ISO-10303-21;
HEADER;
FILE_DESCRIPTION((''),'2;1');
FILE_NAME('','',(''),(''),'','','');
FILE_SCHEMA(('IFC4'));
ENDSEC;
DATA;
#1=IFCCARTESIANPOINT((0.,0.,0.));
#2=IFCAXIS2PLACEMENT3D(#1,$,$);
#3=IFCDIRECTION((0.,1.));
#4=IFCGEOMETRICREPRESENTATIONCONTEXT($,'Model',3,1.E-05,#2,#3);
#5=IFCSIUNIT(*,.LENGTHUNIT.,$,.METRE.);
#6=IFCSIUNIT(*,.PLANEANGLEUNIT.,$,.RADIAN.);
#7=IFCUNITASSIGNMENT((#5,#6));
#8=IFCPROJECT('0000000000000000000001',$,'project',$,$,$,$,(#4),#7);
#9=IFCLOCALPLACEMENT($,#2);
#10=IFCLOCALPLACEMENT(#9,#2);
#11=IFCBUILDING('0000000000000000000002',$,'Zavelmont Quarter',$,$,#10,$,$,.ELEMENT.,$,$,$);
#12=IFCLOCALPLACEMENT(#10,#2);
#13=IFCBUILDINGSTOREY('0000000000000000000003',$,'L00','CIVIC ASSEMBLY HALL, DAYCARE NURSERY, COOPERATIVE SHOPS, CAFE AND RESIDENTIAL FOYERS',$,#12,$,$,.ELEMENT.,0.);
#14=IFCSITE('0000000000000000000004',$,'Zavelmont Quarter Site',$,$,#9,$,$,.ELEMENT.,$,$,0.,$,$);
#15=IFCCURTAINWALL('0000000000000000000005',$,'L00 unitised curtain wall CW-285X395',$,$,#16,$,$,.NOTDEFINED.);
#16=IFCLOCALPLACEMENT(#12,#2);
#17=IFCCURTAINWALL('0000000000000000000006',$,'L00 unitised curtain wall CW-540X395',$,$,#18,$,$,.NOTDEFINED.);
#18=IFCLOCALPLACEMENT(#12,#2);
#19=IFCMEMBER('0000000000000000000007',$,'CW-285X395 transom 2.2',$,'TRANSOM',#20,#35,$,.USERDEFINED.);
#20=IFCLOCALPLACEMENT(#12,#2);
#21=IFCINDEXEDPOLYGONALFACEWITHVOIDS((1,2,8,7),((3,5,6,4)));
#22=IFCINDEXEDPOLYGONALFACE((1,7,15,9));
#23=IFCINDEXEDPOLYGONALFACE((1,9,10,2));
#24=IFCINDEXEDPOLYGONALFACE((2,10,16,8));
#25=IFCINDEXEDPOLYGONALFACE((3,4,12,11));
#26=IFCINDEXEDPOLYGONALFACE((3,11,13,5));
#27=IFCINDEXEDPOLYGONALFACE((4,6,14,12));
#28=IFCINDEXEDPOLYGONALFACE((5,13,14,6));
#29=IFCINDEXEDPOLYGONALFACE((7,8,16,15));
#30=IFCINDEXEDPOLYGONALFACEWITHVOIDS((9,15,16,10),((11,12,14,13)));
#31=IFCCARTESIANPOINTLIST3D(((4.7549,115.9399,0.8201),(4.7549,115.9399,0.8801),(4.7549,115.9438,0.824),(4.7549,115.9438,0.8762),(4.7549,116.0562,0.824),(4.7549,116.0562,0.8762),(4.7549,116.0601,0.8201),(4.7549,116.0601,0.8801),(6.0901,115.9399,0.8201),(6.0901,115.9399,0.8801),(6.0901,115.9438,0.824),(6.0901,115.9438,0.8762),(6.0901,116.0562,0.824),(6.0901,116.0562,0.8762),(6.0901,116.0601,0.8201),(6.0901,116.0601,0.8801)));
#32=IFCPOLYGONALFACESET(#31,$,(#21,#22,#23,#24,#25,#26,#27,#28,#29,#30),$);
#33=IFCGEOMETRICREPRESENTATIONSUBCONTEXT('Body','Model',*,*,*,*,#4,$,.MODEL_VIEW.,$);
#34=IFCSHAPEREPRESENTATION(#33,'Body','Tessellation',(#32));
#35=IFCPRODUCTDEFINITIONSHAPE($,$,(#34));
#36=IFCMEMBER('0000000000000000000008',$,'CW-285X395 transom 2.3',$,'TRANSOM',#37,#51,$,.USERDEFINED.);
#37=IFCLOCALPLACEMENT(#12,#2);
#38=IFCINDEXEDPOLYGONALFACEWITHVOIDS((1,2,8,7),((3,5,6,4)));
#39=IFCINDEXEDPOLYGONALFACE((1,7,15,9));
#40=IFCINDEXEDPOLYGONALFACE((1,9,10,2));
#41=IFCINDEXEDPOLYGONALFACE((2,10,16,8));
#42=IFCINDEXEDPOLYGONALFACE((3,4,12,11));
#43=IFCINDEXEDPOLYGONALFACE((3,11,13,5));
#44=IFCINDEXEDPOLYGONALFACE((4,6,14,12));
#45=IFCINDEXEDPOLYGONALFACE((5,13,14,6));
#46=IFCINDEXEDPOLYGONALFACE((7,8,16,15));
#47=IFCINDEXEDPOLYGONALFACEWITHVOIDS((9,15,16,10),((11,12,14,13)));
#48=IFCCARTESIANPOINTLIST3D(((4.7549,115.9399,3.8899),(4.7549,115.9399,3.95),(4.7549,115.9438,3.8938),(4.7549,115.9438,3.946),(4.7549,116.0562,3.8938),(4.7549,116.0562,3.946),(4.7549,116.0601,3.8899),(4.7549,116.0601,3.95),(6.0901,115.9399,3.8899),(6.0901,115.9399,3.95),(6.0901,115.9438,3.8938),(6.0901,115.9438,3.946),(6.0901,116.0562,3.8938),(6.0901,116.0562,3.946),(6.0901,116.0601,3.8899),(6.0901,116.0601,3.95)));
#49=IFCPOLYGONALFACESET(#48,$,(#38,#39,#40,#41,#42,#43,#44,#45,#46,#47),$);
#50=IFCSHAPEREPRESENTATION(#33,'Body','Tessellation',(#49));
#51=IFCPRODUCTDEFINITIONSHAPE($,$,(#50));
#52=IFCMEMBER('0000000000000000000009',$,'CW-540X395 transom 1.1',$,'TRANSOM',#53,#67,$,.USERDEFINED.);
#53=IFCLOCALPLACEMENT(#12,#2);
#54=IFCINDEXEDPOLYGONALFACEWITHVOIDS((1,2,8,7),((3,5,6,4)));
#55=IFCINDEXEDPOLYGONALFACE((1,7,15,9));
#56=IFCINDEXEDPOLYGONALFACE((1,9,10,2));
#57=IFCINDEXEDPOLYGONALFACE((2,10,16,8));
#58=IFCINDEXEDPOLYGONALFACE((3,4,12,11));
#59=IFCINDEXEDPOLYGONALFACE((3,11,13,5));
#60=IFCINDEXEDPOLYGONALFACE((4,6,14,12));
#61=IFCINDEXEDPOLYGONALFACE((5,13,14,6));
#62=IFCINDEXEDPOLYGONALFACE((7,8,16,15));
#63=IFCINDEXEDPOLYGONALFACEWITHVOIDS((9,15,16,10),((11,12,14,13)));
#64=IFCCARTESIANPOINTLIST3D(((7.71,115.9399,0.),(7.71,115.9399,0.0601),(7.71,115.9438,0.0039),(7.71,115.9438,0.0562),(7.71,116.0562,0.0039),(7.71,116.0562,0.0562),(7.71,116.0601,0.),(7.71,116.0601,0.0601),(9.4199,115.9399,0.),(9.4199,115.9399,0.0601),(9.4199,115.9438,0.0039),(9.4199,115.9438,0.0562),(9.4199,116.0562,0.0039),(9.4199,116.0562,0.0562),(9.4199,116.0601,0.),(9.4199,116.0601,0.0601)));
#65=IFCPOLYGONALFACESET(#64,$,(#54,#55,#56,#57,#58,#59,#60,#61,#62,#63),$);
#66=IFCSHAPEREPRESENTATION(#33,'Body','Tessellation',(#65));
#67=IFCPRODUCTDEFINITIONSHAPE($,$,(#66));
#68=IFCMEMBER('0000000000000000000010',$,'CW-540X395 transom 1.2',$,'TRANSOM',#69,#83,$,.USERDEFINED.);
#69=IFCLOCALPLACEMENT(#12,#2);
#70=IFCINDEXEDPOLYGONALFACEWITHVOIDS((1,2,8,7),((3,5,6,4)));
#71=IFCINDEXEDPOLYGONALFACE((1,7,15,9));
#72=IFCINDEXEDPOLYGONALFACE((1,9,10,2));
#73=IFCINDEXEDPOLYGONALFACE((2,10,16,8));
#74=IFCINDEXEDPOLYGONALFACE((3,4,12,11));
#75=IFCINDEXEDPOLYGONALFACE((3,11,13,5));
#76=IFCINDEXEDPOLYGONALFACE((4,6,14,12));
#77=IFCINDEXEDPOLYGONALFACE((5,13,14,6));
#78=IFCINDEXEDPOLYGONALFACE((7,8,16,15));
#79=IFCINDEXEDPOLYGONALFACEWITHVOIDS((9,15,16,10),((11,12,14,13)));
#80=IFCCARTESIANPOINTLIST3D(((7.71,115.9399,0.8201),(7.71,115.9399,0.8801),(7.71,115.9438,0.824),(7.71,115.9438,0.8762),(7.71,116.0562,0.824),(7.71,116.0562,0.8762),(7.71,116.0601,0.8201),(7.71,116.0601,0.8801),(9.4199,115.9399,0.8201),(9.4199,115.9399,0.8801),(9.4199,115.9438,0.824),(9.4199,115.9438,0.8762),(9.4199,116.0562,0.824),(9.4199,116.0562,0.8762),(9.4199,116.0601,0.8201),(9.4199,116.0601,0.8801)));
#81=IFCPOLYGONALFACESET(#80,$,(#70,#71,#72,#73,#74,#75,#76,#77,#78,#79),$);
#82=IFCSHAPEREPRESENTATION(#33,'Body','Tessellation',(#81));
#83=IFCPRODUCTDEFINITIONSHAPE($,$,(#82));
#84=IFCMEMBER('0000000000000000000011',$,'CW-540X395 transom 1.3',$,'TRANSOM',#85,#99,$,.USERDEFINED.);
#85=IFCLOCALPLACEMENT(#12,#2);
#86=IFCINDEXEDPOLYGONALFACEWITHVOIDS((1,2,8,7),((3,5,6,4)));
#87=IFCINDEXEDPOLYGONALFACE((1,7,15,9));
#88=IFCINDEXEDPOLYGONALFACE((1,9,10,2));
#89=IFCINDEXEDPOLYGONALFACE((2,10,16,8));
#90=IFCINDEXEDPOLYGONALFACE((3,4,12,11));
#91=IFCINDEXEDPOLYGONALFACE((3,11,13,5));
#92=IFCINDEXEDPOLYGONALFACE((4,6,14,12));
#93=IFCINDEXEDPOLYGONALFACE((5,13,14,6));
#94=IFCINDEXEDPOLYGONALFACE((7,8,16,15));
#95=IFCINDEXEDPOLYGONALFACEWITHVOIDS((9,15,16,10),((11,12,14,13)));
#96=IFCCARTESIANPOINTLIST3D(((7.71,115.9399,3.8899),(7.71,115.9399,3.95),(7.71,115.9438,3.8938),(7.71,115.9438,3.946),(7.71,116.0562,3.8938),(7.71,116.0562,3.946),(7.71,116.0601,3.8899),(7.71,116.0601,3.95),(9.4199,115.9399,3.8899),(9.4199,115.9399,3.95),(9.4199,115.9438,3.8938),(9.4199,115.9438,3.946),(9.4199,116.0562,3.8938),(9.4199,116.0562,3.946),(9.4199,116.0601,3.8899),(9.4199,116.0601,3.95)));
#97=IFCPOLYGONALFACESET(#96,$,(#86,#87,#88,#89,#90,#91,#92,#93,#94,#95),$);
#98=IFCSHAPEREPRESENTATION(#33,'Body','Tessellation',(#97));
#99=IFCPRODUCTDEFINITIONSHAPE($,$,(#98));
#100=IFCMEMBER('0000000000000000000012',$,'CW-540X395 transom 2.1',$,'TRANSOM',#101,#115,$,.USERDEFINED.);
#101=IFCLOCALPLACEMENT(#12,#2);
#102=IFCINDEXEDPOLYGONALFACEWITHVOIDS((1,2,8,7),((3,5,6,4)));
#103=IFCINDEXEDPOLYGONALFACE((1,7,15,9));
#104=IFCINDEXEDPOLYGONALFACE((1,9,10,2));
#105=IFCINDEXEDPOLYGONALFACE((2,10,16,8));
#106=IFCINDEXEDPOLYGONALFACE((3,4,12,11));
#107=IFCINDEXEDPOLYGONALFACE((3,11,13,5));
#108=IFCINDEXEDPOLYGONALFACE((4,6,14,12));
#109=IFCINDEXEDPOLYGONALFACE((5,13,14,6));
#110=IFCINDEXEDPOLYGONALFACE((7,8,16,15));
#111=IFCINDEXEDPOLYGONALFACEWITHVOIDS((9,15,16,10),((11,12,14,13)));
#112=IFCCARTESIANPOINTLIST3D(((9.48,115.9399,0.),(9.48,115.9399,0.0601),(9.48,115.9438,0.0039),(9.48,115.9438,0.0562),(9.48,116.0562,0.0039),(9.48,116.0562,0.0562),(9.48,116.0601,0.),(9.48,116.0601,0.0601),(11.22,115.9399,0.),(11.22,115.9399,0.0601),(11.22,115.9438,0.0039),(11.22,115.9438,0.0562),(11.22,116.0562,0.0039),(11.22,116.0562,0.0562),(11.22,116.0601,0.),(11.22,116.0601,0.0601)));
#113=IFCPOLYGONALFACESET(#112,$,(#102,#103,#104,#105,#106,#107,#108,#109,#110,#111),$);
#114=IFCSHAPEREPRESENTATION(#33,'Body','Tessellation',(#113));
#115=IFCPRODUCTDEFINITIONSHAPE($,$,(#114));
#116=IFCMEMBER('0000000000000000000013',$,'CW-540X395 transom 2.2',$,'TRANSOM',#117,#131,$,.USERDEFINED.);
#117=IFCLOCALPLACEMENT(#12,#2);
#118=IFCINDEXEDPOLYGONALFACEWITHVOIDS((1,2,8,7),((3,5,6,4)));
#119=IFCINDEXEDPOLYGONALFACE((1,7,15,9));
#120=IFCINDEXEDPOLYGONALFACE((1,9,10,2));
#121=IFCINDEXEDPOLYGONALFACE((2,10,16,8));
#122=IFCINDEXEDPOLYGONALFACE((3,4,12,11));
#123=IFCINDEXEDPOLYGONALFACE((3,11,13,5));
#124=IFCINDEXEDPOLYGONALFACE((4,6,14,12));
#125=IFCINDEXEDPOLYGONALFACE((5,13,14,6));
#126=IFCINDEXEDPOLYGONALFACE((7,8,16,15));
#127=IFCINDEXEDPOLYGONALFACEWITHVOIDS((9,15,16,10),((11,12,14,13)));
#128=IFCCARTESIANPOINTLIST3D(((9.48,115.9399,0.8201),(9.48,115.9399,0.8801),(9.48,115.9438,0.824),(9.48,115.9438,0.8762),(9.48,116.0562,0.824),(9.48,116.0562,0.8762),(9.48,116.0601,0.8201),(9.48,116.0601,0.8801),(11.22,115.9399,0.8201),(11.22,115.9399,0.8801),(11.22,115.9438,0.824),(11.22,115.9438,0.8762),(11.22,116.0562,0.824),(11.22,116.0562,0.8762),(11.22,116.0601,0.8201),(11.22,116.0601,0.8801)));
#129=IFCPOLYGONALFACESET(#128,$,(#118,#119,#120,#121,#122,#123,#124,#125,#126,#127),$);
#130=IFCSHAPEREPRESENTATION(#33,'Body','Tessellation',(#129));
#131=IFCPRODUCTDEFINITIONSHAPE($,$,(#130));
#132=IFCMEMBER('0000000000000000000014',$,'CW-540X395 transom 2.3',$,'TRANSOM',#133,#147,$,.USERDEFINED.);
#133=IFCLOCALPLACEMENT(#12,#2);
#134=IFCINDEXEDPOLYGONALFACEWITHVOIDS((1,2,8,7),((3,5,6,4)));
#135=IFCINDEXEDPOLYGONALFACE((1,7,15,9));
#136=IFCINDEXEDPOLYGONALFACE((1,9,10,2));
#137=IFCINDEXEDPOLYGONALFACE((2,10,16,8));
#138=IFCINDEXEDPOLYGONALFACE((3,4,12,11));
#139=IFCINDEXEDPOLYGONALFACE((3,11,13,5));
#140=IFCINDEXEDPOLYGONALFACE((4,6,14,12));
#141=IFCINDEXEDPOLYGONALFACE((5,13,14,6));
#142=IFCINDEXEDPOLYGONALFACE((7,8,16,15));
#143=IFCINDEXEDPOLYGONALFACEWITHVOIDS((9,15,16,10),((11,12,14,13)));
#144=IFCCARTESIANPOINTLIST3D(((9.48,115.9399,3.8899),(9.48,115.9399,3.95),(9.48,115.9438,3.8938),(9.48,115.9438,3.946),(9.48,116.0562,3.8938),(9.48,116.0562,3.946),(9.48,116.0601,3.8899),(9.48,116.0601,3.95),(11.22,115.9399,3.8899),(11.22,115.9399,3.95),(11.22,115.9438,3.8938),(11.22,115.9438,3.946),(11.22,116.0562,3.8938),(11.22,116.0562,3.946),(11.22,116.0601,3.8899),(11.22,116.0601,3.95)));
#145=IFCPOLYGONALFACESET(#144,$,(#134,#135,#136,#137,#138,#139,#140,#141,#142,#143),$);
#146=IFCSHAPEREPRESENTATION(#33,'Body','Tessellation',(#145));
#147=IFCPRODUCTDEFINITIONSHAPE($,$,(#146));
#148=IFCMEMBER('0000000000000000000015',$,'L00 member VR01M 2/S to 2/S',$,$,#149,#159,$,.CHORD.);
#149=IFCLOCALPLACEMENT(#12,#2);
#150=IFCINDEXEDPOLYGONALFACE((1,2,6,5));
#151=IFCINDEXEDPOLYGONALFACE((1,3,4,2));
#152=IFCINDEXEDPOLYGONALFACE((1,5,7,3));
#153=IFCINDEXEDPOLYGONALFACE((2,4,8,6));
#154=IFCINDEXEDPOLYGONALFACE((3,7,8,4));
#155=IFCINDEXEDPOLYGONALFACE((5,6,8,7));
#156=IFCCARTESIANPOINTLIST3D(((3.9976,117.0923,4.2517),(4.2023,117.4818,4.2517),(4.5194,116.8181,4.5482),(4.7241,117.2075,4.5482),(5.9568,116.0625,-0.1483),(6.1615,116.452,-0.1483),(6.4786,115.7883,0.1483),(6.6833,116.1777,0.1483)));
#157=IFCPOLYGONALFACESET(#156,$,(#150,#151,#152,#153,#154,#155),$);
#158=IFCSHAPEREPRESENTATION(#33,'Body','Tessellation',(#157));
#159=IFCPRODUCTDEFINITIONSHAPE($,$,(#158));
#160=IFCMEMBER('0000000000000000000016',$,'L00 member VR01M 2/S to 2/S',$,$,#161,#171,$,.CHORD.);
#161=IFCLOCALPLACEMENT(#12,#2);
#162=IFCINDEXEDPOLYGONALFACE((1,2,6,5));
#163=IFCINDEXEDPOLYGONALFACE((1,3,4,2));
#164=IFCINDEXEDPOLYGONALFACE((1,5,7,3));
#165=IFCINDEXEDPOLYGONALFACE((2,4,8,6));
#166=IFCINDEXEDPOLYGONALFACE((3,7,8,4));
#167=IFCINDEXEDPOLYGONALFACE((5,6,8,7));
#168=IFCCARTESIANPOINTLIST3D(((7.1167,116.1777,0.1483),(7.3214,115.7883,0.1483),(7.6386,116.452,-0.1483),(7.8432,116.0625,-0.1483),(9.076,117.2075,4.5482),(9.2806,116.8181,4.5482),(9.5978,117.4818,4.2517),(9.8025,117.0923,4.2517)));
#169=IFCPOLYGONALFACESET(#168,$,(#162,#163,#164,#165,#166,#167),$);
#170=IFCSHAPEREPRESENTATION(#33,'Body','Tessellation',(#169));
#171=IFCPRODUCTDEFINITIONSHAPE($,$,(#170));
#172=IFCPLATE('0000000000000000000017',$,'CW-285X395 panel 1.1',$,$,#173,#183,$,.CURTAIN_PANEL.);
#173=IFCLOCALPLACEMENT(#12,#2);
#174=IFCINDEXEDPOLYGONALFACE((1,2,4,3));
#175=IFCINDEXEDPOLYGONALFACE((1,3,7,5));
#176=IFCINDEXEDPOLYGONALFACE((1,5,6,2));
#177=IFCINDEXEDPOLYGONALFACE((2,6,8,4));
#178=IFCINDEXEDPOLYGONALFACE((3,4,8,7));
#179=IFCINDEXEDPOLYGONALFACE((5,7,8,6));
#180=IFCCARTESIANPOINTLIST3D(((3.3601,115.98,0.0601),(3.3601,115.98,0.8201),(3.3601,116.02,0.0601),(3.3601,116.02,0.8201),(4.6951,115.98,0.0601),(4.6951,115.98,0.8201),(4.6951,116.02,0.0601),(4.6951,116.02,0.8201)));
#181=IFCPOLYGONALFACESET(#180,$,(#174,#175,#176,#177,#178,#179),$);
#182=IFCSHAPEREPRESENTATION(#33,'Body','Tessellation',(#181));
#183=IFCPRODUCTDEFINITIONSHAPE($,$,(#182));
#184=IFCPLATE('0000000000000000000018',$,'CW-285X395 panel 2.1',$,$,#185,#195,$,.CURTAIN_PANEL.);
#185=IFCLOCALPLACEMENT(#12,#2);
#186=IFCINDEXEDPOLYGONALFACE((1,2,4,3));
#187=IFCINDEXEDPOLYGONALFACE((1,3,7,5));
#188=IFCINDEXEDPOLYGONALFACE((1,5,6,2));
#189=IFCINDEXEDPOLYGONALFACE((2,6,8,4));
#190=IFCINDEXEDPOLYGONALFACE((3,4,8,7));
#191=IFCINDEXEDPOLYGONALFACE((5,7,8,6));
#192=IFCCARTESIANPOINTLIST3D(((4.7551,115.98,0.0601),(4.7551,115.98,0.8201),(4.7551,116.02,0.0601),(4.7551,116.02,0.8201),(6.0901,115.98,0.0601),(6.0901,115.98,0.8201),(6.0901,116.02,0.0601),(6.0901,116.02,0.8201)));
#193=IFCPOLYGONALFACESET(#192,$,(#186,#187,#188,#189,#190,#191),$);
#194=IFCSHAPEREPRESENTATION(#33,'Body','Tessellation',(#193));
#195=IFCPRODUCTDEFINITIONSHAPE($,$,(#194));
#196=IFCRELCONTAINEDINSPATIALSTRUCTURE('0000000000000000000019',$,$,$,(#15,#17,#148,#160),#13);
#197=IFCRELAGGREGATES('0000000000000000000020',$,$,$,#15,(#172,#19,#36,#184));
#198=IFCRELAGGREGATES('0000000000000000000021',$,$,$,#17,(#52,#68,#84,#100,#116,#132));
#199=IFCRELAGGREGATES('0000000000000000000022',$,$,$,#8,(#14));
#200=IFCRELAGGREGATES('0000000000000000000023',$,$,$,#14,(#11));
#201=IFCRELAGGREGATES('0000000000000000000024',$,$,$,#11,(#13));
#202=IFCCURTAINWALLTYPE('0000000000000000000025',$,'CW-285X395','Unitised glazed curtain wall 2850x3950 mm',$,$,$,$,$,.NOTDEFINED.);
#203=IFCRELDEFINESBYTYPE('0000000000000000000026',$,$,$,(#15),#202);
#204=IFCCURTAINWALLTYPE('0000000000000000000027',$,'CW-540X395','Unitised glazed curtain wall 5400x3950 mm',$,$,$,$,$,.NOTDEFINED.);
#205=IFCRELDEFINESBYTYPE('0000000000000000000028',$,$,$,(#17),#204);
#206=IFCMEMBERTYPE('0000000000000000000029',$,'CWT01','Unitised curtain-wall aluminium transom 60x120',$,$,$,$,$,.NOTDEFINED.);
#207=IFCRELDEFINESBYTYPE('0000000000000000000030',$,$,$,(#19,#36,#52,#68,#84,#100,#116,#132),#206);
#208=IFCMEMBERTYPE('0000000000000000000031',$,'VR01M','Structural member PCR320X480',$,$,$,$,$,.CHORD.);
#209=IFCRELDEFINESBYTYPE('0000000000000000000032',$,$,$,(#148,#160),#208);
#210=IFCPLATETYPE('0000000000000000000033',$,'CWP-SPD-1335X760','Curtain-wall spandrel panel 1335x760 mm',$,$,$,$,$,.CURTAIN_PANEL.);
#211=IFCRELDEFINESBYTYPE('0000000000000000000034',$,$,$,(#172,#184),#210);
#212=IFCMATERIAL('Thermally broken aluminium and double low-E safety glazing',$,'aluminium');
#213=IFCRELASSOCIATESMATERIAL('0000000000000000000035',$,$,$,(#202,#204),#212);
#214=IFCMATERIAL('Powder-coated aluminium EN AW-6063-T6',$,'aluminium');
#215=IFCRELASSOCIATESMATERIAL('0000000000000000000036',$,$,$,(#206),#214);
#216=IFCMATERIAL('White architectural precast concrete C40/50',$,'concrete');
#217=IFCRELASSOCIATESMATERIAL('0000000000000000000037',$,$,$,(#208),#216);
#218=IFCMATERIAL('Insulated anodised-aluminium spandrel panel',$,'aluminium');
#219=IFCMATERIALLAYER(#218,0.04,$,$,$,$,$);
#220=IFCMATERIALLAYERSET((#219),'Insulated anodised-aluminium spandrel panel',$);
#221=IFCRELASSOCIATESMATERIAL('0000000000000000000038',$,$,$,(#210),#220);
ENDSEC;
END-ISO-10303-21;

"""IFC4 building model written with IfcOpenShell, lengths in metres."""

from ifc_helpers import new_model, si_unit, direction, frame, origin, origin_2d, place, context, subcontext, project, spatial, rectangle, hollow_rectangle, extrude, material, layer, layer_set, material_profile, profile_set, type_object, element, aggregate, save


model = new_model("IFC4")

# Units and contexts
model_context = context("Model", 3, precision=1e-05, world=origin(), true_north=direction((0.0, 1.0)))
body_context = subcontext(model_context, "Body", "Model", "MODEL_VIEW")
ifc_project = project(units=[si_unit("LENGTHUNIT", "METRE"), si_unit("PLANEANGLEUNIT", "RADIAN")], contexts=[model_context])

# Site, building, storey
site_placement = place(None, origin())
site = spatial("IfcSite", under=ifc_project, at=site_placement, Name="Zavelmont Quarter Site", CompositionType="ELEMENT", RefElevation=0.0)
building_placement = place(site_placement, origin())
building = spatial("IfcBuilding", under=site, at=building_placement, Name="Zavelmont Quarter", CompositionType="ELEMENT")
storey_placement = place(building_placement, origin())
storey = spatial("IfcBuildingStorey", under=building, at=storey_placement, Name="L00", Description="CIVIC ASSEMBLY HALL, DAYCARE NURSERY, COOPERATIVE SHOPS, CAFE AND RESIDENTIAL FOYERS", CompositionType="ELEMENT", Elevation=0.0)

# Curtain walls
ifc_material_1 = material(Name="Thermally broken aluminium and double low-E safety glazing", Category="aluminium")
curtain_wall_type_1 = type_object("IfcCurtainWallType", Name="CW-285X395", Description="Unitised glazed curtain wall 2850x3950 mm", PredefinedType="NOTDEFINED", material=ifc_material_1)
curtain_wall_1_placement = place(storey_placement, origin())
curtain_wall_1 = element("IfcCurtainWall", 1, at=curtain_wall_1_placement, inside=storey, type_object=curtain_wall_type_1, Name="L00 unitised curtain wall CW-285X395", PredefinedType="NOTDEFINED")
ifc_material_2 = material(Name="Powder-coated aluminium EN AW-6063-T6", Category="aluminium")
curtain_wall_type_2 = type_object("IfcCurtainWallType", Name="CW-540X395", Description="Unitised glazed curtain wall 5400x3950 mm", PredefinedType="NOTDEFINED", material=ifc_material_1)
curtain_wall_2_placement = place(storey_placement, origin())
curtain_wall_2 = element("IfcCurtainWall", 2, at=curtain_wall_2_placement, inside=storey, type_object=curtain_wall_type_2, Name="L00 unitised curtain wall CW-540X395", PredefinedType="NOTDEFINED")

# Members
ifc_material_profile_1 = material_profile(ifc_material_2, hollow_rectangle(XDim=0.1201, YDim=0.0601, WallThickness=0.0039, at=origin_2d()), Name="CWT60X120")
ifc_profile_set_1 = profile_set([ifc_material_profile_1], Name="Powder-coated aluminium EN AW-6063-T6")
member_type_1 = type_object("IfcMemberType", Name="CWT01", Description="Unitised curtain-wall aluminium transom 60x120", PredefinedType="NOTDEFINED", material=ifc_profile_set_1)
member_1_placement = place(storey_placement, frame((4.7549, 116.0, 0.8501), z_axis=(1.0, 0.0, 0.0), x_axis=(0.0, 1.0, 0.0)))
member_1 = element("IfcMember", 3, at=member_1_placement, type_object=member_type_1, Name="CW-285X395 transom 2.2", ObjectType="TRANSOM", PredefinedType="USERDEFINED", context=body_context, shape_type="SweptSolid", body=[
    extrude(hollow_rectangle(XDim=0.1201, YDim=0.0601, WallThickness=0.0039, at=origin_2d()), origin(), (0.0, 0.0, 1.0), 1.3352),
])
member_2_placement = place(storey_placement, frame((4.7549, 116.0, 3.9199), z_axis=(1.0, 0.0, 0.0), x_axis=(0.0, 1.0, 0.0)))
member_2 = element("IfcMember", 4, at=member_2_placement, type_object=member_type_1, Name="CW-285X395 transom 2.3", ObjectType="TRANSOM", PredefinedType="USERDEFINED", context=body_context, shape_type="SweptSolid", body=[
    extrude(hollow_rectangle(XDim=0.1201, YDim=0.0601, WallThickness=0.0039, at=origin_2d()), origin(), (0.0, 0.0, 1.0), 1.3352),
])
member_3_placement = place(storey_placement, frame((7.71, 116.0, 0.03), z_axis=(1.0, 0.0, 0.0), x_axis=(0.0, 1.0, 0.0)))
member_3 = element("IfcMember", 5, at=member_3_placement, type_object=member_type_1, Name="CW-540X395 transom 1.1", ObjectType="TRANSOM", PredefinedType="USERDEFINED", context=body_context, shape_type="SweptSolid", body=[
    extrude(hollow_rectangle(XDim=0.1201, YDim=0.0601, WallThickness=0.0039, at=origin_2d()), origin(), (0.0, 0.0, 1.0), 1.71),
])
member_4_placement = place(storey_placement, frame((7.71, 116.0, 0.8501), z_axis=(1.0, 0.0, 0.0), x_axis=(0.0, 1.0, 0.0)))
member_4 = element("IfcMember", 6, at=member_4_placement, type_object=member_type_1, Name="CW-540X395 transom 1.2", ObjectType="TRANSOM", PredefinedType="USERDEFINED", context=body_context, shape_type="SweptSolid", body=[
    extrude(hollow_rectangle(XDim=0.1201, YDim=0.0601, WallThickness=0.0039, at=origin_2d()), origin(), (0.0, 0.0, 1.0), 1.71),
])
member_5_placement = place(storey_placement, frame((7.71, 116.0, 3.9199), z_axis=(1.0, 0.0, 0.0), x_axis=(0.0, 1.0, 0.0)))
member_5 = element("IfcMember", 7, at=member_5_placement, type_object=member_type_1, Name="CW-540X395 transom 1.3", ObjectType="TRANSOM", PredefinedType="USERDEFINED", context=body_context, shape_type="SweptSolid", body=[
    extrude(hollow_rectangle(XDim=0.1201, YDim=0.0601, WallThickness=0.0039, at=origin_2d()), origin(), (0.0, 0.0, 1.0), 1.71),
])
member_6_placement = place(storey_placement, frame((9.48, 116.0, 0.03), z_axis=(1.0, 0.0, 0.0), x_axis=(0.0, 1.0, 0.0)))
member_6 = element("IfcMember", 8, at=member_6_placement, type_object=member_type_1, Name="CW-540X395 transom 2.1", ObjectType="TRANSOM", PredefinedType="USERDEFINED", context=body_context, shape_type="SweptSolid", body=[
    extrude(hollow_rectangle(XDim=0.1201, YDim=0.0601, WallThickness=0.0039, at=origin_2d()), origin(), (0.0, 0.0, 1.0), 1.74),
])
member_7_placement = place(storey_placement, frame((9.48, 116.0, 0.8501), z_axis=(1.0, 0.0, 0.0), x_axis=(0.0, 1.0, 0.0)))
member_7 = element("IfcMember", 9, at=member_7_placement, type_object=member_type_1, Name="CW-540X395 transom 2.2", ObjectType="TRANSOM", PredefinedType="USERDEFINED", context=body_context, shape_type="SweptSolid", body=[
    extrude(hollow_rectangle(XDim=0.1201, YDim=0.0601, WallThickness=0.0039, at=origin_2d()), origin(), (0.0, 0.0, 1.0), 1.74),
])
member_8_placement = place(storey_placement, frame((9.48, 116.0, 3.9199), z_axis=(1.0, 0.0, 0.0), x_axis=(0.0, 1.0, 0.0)))
member_8 = element("IfcMember", 10, at=member_8_placement, type_object=member_type_1, Name="CW-540X395 transom 2.3", ObjectType="TRANSOM", PredefinedType="USERDEFINED", context=body_context, shape_type="SweptSolid", body=[
    extrude(hollow_rectangle(XDim=0.1201, YDim=0.0601, WallThickness=0.0039, at=origin_2d()), origin(), (0.0, 0.0, 1.0), 1.74),
])

# Members
ifc_material_3 = material(Name="White architectural precast concrete C40/50", Category="concrete")
ifc_material_profile_2 = material_profile(ifc_material_3, rectangle(XDim=0.4399, YDim=0.6599, at=origin_2d()), Name="PCR320X480")
ifc_profile_set_2 = profile_set([ifc_material_profile_2], Name="White architectural precast concrete C40/50")
member_type_2 = type_object("IfcMemberType", Name="VR01M", Description="Structural member PCR320X480", PredefinedType="CHORD", material=ifc_profile_set_2)
for number, where, z_axis, x_axis, name in (
    (11, (6.3201, 116.1201, 0.0), (-0.397792, 0.209082, 0.893334), (-0.465255, -0.885176, 0.0), "L00 member VR01M 2/S to 2/S"),
    (12, (7.48, 116.1201, 0.0), (0.397792, 0.209082, 0.893334), (-0.465255, 0.885176, 0.0), "L00 member VR01M 2/S to 2/S"),
):
    element("IfcMember", number, at=place(storey_placement, frame(where, z_axis=z_axis, x_axis=x_axis)), inside=storey, type_object=member_type_2, Name=name, PredefinedType="CHORD", context=body_context, shape_type="SweptSolid", body=[
        extrude(rectangle(XDim=0.4399, YDim=0.6599, at=origin_2d()), origin(), (0.0, 0.0, 1.0), 4.9253),
    ])

# Plates
ifc_material_4 = material(Name="Insulated anodised-aluminium spandrel panel", Category="aluminium")
ifc_layer_1 = layer(ifc_material_4, 0.04)
ifc_layer_set_1 = layer_set([ifc_layer_1], Name="Insulated anodised-aluminium spandrel panel")
plate_type_1 = type_object("IfcPlateType", Name="CWP-SPD-1335X760", Description="Curtain-wall spandrel panel 1335x760 mm", PredefinedType="CURTAIN_PANEL", material=ifc_layer_set_1)
plate_1_placement = place(storey_placement, frame((4.0276, 116.0, 0.0601), z_axis=(0.0, 0.0, 1.0), x_axis=(1.0, 0.0, 0.0)))
plate_1 = element("IfcPlate", 13, at=plate_1_placement, type_object=plate_type_1, Name="CW-285X395 panel 1.1", PredefinedType="CURTAIN_PANEL", context=body_context, shape_type="SweptSolid", body=[
    extrude(rectangle(XDim=1.335, YDim=0.04, at=origin_2d()), origin(), (0.0, 0.0, 1.0), 0.76),
])
plate_2_placement = place(storey_placement, frame((5.4226, 116.0, 0.0601), z_axis=(0.0, 0.0, 1.0), x_axis=(1.0, 0.0, 0.0)))
plate_2 = element("IfcPlate", 14, at=plate_2_placement, type_object=plate_type_1, Name="CW-285X395 panel 2.1", PredefinedType="CURTAIN_PANEL", context=body_context, shape_type="SweptSolid", body=[
    extrude(rectangle(XDim=1.335, YDim=0.04, at=origin_2d()), origin(), (0.0, 0.0, 1.0), 0.76),
])
aggregate(curtain_wall_1, [plate_1, member_1, member_2, plate_2])
aggregate(curtain_wall_2, [member_3, member_4, member_5, member_6, member_7, member_8])

save(model, "model.ifc")
